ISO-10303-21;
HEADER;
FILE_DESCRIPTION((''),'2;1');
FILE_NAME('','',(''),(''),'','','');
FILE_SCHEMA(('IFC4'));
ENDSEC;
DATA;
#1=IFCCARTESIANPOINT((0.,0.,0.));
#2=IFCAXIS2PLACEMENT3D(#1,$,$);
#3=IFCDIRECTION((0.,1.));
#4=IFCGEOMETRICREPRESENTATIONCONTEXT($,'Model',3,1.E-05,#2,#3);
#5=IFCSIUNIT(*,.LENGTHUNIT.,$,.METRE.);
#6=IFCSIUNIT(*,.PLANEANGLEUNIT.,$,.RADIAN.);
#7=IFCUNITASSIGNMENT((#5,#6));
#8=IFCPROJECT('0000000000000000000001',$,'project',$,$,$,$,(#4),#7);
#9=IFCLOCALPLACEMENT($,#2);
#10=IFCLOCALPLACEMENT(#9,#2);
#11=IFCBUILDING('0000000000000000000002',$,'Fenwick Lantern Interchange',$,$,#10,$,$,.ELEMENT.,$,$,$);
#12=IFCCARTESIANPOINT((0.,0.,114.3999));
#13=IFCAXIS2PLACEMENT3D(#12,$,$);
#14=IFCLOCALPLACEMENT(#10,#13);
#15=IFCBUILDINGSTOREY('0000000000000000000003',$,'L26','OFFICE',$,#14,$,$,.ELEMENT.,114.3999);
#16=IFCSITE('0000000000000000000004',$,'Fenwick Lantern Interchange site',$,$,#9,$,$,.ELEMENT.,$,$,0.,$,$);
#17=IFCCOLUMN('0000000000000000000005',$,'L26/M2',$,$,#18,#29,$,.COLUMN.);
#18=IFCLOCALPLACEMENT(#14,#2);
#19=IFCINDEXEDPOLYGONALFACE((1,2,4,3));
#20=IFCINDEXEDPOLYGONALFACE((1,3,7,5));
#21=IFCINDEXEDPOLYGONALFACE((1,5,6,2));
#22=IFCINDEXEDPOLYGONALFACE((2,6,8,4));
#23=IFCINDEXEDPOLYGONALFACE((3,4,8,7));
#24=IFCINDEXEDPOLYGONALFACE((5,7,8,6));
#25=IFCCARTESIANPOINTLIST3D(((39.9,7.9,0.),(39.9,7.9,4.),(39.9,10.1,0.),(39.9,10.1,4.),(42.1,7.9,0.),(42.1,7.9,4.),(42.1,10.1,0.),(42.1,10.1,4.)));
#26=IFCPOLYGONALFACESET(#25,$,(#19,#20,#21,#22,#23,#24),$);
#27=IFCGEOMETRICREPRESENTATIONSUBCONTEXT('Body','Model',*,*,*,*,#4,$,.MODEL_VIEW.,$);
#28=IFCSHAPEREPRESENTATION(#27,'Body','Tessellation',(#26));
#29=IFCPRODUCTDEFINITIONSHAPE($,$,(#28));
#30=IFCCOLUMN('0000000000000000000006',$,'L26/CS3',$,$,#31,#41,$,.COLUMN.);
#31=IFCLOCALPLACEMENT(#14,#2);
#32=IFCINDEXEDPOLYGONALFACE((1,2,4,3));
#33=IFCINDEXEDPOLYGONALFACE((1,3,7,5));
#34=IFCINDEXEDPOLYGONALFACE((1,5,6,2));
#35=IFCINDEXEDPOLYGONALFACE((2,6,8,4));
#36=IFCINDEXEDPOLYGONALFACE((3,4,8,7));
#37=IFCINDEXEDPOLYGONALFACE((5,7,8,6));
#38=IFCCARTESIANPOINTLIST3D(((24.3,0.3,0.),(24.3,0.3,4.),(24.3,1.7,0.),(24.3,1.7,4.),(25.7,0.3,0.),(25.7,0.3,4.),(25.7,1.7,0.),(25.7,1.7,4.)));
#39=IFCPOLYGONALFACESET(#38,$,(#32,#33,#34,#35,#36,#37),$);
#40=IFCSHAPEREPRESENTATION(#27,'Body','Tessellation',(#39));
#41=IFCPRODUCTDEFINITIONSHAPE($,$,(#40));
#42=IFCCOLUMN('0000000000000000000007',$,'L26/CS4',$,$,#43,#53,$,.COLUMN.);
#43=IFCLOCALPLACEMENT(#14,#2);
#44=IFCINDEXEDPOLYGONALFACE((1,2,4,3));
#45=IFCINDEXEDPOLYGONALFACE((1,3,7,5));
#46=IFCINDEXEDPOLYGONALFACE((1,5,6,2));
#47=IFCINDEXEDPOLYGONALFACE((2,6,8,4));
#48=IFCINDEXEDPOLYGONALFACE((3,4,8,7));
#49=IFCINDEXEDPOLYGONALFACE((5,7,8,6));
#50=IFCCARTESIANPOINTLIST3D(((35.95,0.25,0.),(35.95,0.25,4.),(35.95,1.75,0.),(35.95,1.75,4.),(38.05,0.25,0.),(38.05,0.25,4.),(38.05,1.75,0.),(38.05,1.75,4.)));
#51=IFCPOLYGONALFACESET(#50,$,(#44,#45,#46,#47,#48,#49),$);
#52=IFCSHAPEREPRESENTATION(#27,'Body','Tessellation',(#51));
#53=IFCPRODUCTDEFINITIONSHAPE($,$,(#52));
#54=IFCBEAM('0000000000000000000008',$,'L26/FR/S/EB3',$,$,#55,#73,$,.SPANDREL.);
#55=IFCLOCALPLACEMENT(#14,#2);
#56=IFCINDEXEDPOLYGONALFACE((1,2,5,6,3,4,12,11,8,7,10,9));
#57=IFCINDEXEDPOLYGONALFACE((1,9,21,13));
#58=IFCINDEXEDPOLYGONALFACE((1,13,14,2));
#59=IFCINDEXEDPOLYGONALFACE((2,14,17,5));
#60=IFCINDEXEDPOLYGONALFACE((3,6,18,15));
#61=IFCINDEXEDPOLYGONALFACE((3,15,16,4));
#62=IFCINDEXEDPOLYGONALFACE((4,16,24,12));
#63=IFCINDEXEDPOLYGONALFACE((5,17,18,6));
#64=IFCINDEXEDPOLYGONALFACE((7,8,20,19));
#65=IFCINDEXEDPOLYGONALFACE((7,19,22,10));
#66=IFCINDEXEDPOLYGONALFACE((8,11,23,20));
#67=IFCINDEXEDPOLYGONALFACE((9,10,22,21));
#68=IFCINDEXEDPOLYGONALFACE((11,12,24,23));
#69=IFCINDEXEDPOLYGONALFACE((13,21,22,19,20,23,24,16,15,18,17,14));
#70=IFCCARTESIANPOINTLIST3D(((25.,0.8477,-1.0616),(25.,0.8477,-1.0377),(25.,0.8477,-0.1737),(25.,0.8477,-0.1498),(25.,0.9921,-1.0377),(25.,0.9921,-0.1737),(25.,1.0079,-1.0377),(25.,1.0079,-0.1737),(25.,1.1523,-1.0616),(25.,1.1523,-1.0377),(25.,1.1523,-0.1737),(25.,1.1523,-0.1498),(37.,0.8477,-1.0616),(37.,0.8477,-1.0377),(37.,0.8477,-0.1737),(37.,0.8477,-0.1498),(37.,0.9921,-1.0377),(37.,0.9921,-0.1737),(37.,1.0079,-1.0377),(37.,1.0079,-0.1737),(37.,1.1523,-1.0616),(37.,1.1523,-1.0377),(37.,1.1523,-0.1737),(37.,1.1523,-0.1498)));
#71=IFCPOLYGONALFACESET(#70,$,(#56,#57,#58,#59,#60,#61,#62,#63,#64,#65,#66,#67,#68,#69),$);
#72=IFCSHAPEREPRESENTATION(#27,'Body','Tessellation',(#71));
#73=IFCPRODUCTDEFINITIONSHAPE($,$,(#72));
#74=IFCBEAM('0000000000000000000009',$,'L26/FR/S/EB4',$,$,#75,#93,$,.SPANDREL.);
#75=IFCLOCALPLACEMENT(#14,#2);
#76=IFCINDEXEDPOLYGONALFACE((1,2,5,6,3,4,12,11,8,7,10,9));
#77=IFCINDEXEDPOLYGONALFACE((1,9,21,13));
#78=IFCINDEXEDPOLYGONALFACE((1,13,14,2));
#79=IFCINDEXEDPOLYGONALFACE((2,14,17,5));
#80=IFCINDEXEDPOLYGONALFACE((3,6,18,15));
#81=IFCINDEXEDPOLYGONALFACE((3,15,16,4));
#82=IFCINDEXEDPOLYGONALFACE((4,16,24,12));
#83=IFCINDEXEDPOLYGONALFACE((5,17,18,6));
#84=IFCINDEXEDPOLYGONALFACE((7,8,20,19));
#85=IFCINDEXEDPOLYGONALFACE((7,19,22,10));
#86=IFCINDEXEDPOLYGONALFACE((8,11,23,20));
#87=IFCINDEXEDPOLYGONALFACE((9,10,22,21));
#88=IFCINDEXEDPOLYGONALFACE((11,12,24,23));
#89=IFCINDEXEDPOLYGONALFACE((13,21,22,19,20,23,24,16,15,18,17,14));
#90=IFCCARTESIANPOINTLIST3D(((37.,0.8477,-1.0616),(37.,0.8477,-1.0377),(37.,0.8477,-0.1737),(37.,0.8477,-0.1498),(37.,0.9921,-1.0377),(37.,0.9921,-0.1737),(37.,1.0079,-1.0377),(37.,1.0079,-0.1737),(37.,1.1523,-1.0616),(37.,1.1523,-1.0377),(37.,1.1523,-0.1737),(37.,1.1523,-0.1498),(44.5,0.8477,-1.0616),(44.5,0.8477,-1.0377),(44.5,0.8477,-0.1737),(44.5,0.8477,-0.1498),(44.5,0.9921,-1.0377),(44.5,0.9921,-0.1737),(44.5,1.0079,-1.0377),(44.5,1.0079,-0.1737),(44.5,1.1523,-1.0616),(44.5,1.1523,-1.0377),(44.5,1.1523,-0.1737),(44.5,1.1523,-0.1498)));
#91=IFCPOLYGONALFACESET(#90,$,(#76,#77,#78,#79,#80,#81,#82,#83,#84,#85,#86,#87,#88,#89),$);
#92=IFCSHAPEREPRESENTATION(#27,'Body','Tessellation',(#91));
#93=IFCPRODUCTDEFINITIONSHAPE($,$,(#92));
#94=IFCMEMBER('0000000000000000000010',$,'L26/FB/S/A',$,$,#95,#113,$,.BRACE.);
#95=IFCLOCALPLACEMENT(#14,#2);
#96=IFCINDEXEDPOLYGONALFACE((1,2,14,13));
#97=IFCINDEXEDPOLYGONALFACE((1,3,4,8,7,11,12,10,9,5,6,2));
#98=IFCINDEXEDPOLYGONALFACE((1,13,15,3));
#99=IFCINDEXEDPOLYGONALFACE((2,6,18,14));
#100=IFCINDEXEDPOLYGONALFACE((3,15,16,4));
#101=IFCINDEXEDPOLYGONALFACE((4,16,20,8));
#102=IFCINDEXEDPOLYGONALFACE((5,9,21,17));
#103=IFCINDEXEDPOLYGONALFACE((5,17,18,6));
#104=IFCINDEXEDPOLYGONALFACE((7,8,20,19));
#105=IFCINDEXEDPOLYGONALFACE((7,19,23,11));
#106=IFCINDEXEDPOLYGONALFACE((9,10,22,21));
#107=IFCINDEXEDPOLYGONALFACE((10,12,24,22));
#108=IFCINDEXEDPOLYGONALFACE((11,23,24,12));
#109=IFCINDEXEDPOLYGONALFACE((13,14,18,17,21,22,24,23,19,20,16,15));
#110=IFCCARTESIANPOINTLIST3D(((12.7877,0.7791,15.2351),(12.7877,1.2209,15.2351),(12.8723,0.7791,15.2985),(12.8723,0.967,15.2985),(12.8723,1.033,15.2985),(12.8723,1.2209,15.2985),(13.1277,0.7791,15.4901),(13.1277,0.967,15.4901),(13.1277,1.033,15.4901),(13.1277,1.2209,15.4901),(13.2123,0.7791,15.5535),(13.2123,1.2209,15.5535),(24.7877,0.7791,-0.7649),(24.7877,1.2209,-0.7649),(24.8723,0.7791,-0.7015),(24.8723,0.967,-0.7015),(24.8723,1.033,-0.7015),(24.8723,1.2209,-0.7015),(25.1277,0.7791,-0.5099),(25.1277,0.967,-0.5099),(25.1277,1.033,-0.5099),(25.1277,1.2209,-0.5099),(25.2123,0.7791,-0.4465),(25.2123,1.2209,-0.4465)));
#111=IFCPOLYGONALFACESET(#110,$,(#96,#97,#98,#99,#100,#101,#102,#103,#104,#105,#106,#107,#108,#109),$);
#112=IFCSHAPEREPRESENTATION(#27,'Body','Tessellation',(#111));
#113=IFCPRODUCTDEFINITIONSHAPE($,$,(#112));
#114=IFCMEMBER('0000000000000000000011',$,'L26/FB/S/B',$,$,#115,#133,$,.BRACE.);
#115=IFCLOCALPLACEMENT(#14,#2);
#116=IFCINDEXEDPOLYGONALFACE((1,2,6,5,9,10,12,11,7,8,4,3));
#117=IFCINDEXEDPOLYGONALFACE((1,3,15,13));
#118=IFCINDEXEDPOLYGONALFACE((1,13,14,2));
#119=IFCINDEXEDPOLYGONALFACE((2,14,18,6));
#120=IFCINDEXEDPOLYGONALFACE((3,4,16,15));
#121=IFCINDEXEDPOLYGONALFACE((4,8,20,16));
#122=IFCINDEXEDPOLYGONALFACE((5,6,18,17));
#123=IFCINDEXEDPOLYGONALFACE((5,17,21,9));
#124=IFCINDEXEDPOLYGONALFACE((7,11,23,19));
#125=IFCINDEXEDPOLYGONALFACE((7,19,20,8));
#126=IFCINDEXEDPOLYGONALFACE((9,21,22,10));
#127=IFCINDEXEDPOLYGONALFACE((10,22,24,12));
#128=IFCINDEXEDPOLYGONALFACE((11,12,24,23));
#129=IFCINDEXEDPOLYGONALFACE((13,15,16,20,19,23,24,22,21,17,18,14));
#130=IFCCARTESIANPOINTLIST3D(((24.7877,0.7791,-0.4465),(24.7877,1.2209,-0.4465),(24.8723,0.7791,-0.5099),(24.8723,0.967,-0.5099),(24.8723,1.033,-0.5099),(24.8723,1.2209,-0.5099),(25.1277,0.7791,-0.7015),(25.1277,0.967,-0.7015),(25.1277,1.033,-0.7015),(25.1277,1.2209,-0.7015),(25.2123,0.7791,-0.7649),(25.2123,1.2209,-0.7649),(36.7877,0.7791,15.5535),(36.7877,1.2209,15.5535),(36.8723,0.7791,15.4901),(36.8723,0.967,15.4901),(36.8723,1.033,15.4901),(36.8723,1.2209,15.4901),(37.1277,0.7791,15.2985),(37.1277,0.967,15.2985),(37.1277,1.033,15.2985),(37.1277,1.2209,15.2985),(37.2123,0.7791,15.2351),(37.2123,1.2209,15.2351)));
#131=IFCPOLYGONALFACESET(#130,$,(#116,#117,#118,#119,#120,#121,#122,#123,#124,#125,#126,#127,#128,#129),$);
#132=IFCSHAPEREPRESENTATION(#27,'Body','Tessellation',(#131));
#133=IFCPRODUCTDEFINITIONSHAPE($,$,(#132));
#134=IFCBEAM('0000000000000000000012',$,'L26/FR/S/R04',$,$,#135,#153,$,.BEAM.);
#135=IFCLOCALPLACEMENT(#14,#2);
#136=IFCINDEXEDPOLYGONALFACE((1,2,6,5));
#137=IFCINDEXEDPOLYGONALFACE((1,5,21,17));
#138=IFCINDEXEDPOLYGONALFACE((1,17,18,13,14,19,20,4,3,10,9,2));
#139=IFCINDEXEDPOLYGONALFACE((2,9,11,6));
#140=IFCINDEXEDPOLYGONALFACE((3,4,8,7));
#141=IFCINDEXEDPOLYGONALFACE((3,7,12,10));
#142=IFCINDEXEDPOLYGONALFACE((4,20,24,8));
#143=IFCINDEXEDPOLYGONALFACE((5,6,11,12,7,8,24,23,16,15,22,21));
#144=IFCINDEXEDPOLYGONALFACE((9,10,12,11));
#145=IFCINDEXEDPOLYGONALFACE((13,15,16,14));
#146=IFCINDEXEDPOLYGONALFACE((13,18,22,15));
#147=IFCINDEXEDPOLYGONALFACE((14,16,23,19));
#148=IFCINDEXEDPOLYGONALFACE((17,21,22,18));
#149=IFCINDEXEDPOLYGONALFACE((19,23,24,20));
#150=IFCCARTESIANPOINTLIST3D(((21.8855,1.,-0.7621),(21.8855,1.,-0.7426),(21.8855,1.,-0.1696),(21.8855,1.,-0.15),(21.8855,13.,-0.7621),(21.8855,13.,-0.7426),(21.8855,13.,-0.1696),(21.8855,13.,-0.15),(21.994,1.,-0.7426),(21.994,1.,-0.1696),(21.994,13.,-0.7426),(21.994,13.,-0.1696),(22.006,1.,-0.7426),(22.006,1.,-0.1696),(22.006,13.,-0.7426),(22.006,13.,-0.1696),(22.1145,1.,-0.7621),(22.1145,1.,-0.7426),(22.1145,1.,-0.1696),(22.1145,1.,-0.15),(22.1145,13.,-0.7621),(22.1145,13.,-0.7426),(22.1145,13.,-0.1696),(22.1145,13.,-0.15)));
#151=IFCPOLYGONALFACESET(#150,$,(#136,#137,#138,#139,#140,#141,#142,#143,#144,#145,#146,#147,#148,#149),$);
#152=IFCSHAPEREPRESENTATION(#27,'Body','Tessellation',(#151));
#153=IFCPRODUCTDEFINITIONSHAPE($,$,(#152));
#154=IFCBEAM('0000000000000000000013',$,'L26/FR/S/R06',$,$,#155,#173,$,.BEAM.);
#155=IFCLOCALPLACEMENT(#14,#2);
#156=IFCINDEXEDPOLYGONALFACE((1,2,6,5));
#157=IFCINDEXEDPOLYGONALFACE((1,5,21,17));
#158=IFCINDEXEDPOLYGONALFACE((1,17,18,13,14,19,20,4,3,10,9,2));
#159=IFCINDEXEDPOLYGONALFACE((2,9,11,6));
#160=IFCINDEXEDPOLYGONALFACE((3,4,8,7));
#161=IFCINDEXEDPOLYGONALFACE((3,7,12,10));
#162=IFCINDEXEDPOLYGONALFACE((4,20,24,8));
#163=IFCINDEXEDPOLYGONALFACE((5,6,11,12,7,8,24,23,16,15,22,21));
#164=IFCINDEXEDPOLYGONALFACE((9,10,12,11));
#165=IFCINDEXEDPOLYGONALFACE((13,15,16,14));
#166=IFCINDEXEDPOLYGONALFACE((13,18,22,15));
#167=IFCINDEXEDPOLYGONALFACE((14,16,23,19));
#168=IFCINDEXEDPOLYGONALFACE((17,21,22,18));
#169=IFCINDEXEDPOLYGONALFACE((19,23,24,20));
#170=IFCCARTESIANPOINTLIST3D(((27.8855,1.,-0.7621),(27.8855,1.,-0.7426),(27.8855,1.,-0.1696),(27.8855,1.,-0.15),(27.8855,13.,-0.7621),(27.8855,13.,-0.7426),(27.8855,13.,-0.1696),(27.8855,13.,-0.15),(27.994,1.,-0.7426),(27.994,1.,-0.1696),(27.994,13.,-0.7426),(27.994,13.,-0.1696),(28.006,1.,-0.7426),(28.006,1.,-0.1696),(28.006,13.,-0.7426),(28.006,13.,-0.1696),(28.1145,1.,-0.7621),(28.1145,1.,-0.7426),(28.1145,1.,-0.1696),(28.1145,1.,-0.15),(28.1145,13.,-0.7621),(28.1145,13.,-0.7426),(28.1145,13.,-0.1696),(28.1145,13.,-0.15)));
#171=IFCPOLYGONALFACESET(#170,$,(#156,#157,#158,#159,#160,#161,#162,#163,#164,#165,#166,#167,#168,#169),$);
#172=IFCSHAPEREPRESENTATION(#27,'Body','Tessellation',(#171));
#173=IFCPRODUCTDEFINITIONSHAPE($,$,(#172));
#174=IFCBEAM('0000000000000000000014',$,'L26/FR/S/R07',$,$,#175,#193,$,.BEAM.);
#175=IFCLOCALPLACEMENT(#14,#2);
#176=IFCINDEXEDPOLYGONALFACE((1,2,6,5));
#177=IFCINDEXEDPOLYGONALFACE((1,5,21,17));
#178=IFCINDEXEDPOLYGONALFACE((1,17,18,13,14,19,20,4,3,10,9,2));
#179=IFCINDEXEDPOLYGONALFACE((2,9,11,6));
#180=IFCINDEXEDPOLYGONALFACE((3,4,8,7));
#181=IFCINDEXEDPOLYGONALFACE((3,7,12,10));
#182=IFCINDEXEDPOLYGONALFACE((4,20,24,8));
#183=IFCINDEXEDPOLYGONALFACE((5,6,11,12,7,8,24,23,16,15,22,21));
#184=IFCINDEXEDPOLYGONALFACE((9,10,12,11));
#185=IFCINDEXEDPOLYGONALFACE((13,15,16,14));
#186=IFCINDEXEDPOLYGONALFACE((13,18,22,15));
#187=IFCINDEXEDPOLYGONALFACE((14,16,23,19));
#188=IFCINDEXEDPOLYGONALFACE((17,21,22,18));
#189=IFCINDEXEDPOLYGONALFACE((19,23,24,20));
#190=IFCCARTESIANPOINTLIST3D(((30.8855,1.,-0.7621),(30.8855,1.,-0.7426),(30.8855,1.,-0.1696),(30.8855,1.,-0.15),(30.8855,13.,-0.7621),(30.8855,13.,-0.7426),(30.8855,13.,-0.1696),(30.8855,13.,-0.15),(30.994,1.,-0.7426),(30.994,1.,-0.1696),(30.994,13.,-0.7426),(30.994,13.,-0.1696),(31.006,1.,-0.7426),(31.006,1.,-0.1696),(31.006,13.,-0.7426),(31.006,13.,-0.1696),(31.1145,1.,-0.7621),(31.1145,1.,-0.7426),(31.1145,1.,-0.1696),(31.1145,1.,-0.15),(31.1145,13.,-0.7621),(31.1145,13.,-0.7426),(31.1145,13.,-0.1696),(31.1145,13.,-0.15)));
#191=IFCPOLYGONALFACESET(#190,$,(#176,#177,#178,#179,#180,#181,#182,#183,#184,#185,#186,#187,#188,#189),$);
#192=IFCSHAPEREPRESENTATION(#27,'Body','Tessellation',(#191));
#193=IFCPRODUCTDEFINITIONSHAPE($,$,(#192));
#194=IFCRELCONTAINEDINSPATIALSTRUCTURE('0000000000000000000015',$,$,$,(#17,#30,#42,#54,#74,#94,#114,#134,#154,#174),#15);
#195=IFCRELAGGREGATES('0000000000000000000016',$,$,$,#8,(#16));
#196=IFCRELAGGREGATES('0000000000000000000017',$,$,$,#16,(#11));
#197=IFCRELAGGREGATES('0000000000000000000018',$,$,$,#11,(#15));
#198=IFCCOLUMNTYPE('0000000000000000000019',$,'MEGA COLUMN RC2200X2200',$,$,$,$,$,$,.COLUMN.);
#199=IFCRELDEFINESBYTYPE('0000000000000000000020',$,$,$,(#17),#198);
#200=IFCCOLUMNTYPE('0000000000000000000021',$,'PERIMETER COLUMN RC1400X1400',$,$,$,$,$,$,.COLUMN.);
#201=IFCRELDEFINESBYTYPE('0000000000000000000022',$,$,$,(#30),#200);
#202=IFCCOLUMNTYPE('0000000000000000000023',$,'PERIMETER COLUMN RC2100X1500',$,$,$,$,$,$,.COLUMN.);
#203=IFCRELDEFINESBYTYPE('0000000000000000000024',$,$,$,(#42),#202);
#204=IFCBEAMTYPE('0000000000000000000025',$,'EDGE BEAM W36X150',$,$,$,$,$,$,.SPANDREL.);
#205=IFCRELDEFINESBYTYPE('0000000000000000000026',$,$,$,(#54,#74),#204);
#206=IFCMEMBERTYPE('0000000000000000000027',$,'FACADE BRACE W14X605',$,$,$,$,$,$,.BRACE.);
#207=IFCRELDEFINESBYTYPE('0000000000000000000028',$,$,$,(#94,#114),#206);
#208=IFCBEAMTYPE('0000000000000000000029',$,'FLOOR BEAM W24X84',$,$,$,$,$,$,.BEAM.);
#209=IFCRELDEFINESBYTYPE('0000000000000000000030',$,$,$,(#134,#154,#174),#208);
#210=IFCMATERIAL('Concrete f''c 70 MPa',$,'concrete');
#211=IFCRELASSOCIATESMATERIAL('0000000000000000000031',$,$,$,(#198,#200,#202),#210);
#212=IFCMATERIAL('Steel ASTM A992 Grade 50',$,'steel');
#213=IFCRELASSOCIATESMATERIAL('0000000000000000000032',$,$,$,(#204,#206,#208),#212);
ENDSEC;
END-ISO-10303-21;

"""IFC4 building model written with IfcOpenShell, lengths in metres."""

from ifc_helpers import new_model, si_unit, direction, frame, origin, origin_2d, place, context, subcontext, project, spatial, rectangle, i_section, extrude, material, material_profile, profile_set, type_object, element, save


model = new_model("IFC4")

# Units and contexts
model_context = context("Model", 3, precision=1e-05, world=origin(), true_north=direction((0.0, 1.0)))
body_context = subcontext(model_context, "Body", "Model", "MODEL_VIEW")
ifc_project = project(units=[si_unit("LENGTHUNIT", "METRE"), si_unit("PLANEANGLEUNIT", "RADIAN")], contexts=[model_context])

# Site, building, storey
site_placement = place(None, origin())
site = spatial("IfcSite", under=ifc_project, at=site_placement, Name="Fenwick Lantern Interchange site", CompositionType="ELEMENT", RefElevation=0.0)
building_placement = place(site_placement, origin())
building = spatial("IfcBuilding", under=site, at=building_placement, Name="Fenwick Lantern Interchange", CompositionType="ELEMENT")
storey_placement = place(building_placement, frame((0.0, 0.0, 114.3999)))
storey = spatial("IfcBuildingStorey", under=building, at=storey_placement, Name="L26", Description="OFFICE", CompositionType="ELEMENT", Elevation=114.3999)

# Columns
ifc_material_1 = material(Name="Concrete f'c 70 MPa", Category="concrete")
ifc_material_profile_1 = material_profile(ifc_material_1, rectangle(XDim=2.2, YDim=2.2, at=origin_2d()), Name="RC2200X2200")
ifc_profile_set_1 = profile_set([ifc_material_profile_1], Name="Concrete f'c 70 MPa")
column_type_1 = type_object("IfcColumnType", Name="MEGA COLUMN RC2200X2200", PredefinedType="COLUMN", material=ifc_profile_set_1)
column_1_placement = place(storey_placement, frame((41.0, 9.0, 0.0), z_axis=(0.0, 0.0, 1.0), x_axis=(1.0, 0.0, 0.0)))
element("IfcColumn", 1, at=column_1_placement, inside=storey, type_object=column_type_1, Name="L26/M2", PredefinedType="COLUMN", context=body_context, shape_type="SweptSolid", body=[
    extrude(rectangle(XDim=2.2, YDim=2.2, at=origin_2d()), origin(), (0.0, 0.0, 1.0), 4.0),
])
ifc_material_profile_2 = material_profile(ifc_material_1, rectangle(XDim=1.3999, YDim=1.3999, at=origin_2d()), Name="RC1400X1400")
ifc_profile_set_2 = profile_set([ifc_material_profile_2], Name="Concrete f'c 70 MPa")
column_type_2 = type_object("IfcColumnType", Name="PERIMETER COLUMN RC1400X1400", PredefinedType="COLUMN", material=ifc_profile_set_2)
column_2_placement = place(storey_placement, frame((25.0, 1.0, 0.0), z_axis=(0.0, 0.0, 1.0), x_axis=(1.0, 0.0, 0.0)))
element("IfcColumn", 2, at=column_2_placement, inside=storey, type_object=column_type_2, Name="L26/CS3", PredefinedType="COLUMN", context=body_context, shape_type="SweptSolid", body=[
    extrude(rectangle(XDim=1.3999, YDim=1.3999, at=origin_2d()), origin(), (0.0, 0.0, 1.0), 4.0),
])
ifc_material_profile_3 = material_profile(ifc_material_1, rectangle(XDim=2.1001, YDim=1.5, at=origin_2d()), Name="RC2100X1500")
ifc_profile_set_3 = profile_set([ifc_material_profile_3], Name="Concrete f'c 70 MPa")
column_type_3 = type_object("IfcColumnType", Name="PERIMETER COLUMN RC2100X1500", PredefinedType="COLUMN", material=ifc_profile_set_3)
column_3_placement = place(storey_placement, frame((37.0, 1.0, 0.0), z_axis=(0.0, 0.0, 1.0), x_axis=(1.0, 0.0, 0.0)))
element("IfcColumn", 3, at=column_3_placement, inside=storey, type_object=column_type_3, Name="L26/CS4", PredefinedType="COLUMN", context=body_context, shape_type="SweptSolid", body=[
    extrude(rectangle(XDim=2.1001, YDim=1.5, at=origin_2d()), origin(), (0.0, 0.0, 1.0), 4.0),
])

# Beams
ifc_material_2 = material(Name="Steel ASTM A992 Grade 50", Category="steel")
ifc_material_profile_4 = material_profile(ifc_material_2, i_section(OverallWidth=0.3047, OverallDepth=0.9119, WebThickness=0.0159, FlangeThickness=0.0239, at=origin_2d()), Name="W36X150")
ifc_profile_set_4 = profile_set([ifc_material_profile_4], Name="Steel ASTM A992 Grade 50")
beam_type_1 = type_object("IfcBeamType", Name="EDGE BEAM W36X150", PredefinedType="SPANDREL", material=ifc_profile_set_4)
beam_1_placement = place(storey_placement, frame((25.0, 1.0, -0.6057), z_axis=(1.0, 0.0, 0.0), x_axis=(0.0, 1.0, 0.0)))
element("IfcBeam", 4, at=beam_1_placement, inside=storey, type_object=beam_type_1, Name="L26/FR/S/EB3", PredefinedType="SPANDREL", context=body_context, shape_type="SweptSolid", body=[
    extrude(i_section(OverallWidth=0.3047, OverallDepth=0.9119, WebThickness=0.0159, FlangeThickness=0.0239, at=origin_2d()), origin(), (0.0, 0.0, 1.0), 12.0),
])
beam_2_placement = place(storey_placement, frame((37.0, 1.0, -0.6057), z_axis=(1.0, 0.0, 0.0), x_axis=(0.0, 1.0, 0.0)))
element("IfcBeam", 5, at=beam_2_placement, inside=storey, type_object=beam_type_1, Name="L26/FR/S/EB4", PredefinedType="SPANDREL", context=body_context, shape_type="SweptSolid", body=[
    extrude(i_section(OverallWidth=0.3047, OverallDepth=0.9119, WebThickness=0.0159, FlangeThickness=0.0239, at=origin_2d()), origin(), (0.0, 0.0, 1.0), 7.5),
])

# Members
ifc_material_profile_5 = material_profile(ifc_material_2, i_section(OverallWidth=0.4419, OverallDepth=0.5308, WebThickness=0.0659, FlangeThickness=0.1057, at=origin_2d()), Name="W14X605")
ifc_profile_set_5 = profile_set([ifc_material_profile_5], Name="Steel ASTM A992 Grade 50")
member_type_1 = type_object("IfcMemberType", Name="FACADE BRACE W14X605", PredefinedType="BRACE", material=ifc_profile_set_5)
for number, where, z_axis, x_axis, name in (
    (6, (25.0, 1.0, -0.6057), (-0.6, 0.0, 0.8), (0.0, -1.0, 0.0), "L26/FB/S/A"),
    (7, (25.0, 1.0, -0.6057), (0.6, 0.0, 0.8), (0.0, 1.0, 0.0), "L26/FB/S/B"),
):
    element("IfcMember", number, at=place(storey_placement, frame(where, z_axis=z_axis, x_axis=x_axis)), inside=storey, type_object=member_type_1, Name=name, PredefinedType="BRACE", context=body_context, shape_type="SweptSolid", body=[
        extrude(i_section(OverallWidth=0.4419, OverallDepth=0.5308, WebThickness=0.0659, FlangeThickness=0.1057, at=origin_2d()), origin(), (0.0, 0.0, 1.0), 20.0),
    ])

# Beams
ifc_material_profile_6 = material_profile(ifc_material_2, i_section(OverallWidth=0.229, OverallDepth=0.6121, WebThickness=0.012, FlangeThickness=0.0195, at=origin_2d()), Name="W24X84")
ifc_profile_set_6 = profile_set([ifc_material_profile_6], Name="Steel ASTM A992 Grade 50")
beam_type_2 = type_object("IfcBeamType", Name="FLOOR BEAM W24X84", PredefinedType="BEAM", material=ifc_profile_set_6)
for number, where, z_axis, x_axis, name in (
    (8, (22.0, 1.0, -0.4561), (0.0, 1.0, 0.0), (-1.0, 0.0, 0.0), "L26/FR/S/R04"),
    (9, (28.0, 1.0, -0.4561), (0.0, 1.0, 0.0), (-1.0, 0.0, 0.0), "L26/FR/S/R06"),
    (10, (31.0, 1.0, -0.4561), (0.0, 1.0, 0.0), (-1.0, 0.0, 0.0), "L26/FR/S/R07"),
):
    element("IfcBeam", number, at=place(storey_placement, frame(where, z_axis=z_axis, x_axis=x_axis)), inside=storey, type_object=beam_type_2, Name=name, PredefinedType="BEAM", context=body_context, shape_type="SweptSolid", body=[
        extrude(i_section(OverallWidth=0.229, OverallDepth=0.6121, WebThickness=0.012, FlangeThickness=0.0195, at=origin_2d()), origin(), (0.0, 0.0, 1.0), 12.0),
    ])

save(model, "model.ifc")
